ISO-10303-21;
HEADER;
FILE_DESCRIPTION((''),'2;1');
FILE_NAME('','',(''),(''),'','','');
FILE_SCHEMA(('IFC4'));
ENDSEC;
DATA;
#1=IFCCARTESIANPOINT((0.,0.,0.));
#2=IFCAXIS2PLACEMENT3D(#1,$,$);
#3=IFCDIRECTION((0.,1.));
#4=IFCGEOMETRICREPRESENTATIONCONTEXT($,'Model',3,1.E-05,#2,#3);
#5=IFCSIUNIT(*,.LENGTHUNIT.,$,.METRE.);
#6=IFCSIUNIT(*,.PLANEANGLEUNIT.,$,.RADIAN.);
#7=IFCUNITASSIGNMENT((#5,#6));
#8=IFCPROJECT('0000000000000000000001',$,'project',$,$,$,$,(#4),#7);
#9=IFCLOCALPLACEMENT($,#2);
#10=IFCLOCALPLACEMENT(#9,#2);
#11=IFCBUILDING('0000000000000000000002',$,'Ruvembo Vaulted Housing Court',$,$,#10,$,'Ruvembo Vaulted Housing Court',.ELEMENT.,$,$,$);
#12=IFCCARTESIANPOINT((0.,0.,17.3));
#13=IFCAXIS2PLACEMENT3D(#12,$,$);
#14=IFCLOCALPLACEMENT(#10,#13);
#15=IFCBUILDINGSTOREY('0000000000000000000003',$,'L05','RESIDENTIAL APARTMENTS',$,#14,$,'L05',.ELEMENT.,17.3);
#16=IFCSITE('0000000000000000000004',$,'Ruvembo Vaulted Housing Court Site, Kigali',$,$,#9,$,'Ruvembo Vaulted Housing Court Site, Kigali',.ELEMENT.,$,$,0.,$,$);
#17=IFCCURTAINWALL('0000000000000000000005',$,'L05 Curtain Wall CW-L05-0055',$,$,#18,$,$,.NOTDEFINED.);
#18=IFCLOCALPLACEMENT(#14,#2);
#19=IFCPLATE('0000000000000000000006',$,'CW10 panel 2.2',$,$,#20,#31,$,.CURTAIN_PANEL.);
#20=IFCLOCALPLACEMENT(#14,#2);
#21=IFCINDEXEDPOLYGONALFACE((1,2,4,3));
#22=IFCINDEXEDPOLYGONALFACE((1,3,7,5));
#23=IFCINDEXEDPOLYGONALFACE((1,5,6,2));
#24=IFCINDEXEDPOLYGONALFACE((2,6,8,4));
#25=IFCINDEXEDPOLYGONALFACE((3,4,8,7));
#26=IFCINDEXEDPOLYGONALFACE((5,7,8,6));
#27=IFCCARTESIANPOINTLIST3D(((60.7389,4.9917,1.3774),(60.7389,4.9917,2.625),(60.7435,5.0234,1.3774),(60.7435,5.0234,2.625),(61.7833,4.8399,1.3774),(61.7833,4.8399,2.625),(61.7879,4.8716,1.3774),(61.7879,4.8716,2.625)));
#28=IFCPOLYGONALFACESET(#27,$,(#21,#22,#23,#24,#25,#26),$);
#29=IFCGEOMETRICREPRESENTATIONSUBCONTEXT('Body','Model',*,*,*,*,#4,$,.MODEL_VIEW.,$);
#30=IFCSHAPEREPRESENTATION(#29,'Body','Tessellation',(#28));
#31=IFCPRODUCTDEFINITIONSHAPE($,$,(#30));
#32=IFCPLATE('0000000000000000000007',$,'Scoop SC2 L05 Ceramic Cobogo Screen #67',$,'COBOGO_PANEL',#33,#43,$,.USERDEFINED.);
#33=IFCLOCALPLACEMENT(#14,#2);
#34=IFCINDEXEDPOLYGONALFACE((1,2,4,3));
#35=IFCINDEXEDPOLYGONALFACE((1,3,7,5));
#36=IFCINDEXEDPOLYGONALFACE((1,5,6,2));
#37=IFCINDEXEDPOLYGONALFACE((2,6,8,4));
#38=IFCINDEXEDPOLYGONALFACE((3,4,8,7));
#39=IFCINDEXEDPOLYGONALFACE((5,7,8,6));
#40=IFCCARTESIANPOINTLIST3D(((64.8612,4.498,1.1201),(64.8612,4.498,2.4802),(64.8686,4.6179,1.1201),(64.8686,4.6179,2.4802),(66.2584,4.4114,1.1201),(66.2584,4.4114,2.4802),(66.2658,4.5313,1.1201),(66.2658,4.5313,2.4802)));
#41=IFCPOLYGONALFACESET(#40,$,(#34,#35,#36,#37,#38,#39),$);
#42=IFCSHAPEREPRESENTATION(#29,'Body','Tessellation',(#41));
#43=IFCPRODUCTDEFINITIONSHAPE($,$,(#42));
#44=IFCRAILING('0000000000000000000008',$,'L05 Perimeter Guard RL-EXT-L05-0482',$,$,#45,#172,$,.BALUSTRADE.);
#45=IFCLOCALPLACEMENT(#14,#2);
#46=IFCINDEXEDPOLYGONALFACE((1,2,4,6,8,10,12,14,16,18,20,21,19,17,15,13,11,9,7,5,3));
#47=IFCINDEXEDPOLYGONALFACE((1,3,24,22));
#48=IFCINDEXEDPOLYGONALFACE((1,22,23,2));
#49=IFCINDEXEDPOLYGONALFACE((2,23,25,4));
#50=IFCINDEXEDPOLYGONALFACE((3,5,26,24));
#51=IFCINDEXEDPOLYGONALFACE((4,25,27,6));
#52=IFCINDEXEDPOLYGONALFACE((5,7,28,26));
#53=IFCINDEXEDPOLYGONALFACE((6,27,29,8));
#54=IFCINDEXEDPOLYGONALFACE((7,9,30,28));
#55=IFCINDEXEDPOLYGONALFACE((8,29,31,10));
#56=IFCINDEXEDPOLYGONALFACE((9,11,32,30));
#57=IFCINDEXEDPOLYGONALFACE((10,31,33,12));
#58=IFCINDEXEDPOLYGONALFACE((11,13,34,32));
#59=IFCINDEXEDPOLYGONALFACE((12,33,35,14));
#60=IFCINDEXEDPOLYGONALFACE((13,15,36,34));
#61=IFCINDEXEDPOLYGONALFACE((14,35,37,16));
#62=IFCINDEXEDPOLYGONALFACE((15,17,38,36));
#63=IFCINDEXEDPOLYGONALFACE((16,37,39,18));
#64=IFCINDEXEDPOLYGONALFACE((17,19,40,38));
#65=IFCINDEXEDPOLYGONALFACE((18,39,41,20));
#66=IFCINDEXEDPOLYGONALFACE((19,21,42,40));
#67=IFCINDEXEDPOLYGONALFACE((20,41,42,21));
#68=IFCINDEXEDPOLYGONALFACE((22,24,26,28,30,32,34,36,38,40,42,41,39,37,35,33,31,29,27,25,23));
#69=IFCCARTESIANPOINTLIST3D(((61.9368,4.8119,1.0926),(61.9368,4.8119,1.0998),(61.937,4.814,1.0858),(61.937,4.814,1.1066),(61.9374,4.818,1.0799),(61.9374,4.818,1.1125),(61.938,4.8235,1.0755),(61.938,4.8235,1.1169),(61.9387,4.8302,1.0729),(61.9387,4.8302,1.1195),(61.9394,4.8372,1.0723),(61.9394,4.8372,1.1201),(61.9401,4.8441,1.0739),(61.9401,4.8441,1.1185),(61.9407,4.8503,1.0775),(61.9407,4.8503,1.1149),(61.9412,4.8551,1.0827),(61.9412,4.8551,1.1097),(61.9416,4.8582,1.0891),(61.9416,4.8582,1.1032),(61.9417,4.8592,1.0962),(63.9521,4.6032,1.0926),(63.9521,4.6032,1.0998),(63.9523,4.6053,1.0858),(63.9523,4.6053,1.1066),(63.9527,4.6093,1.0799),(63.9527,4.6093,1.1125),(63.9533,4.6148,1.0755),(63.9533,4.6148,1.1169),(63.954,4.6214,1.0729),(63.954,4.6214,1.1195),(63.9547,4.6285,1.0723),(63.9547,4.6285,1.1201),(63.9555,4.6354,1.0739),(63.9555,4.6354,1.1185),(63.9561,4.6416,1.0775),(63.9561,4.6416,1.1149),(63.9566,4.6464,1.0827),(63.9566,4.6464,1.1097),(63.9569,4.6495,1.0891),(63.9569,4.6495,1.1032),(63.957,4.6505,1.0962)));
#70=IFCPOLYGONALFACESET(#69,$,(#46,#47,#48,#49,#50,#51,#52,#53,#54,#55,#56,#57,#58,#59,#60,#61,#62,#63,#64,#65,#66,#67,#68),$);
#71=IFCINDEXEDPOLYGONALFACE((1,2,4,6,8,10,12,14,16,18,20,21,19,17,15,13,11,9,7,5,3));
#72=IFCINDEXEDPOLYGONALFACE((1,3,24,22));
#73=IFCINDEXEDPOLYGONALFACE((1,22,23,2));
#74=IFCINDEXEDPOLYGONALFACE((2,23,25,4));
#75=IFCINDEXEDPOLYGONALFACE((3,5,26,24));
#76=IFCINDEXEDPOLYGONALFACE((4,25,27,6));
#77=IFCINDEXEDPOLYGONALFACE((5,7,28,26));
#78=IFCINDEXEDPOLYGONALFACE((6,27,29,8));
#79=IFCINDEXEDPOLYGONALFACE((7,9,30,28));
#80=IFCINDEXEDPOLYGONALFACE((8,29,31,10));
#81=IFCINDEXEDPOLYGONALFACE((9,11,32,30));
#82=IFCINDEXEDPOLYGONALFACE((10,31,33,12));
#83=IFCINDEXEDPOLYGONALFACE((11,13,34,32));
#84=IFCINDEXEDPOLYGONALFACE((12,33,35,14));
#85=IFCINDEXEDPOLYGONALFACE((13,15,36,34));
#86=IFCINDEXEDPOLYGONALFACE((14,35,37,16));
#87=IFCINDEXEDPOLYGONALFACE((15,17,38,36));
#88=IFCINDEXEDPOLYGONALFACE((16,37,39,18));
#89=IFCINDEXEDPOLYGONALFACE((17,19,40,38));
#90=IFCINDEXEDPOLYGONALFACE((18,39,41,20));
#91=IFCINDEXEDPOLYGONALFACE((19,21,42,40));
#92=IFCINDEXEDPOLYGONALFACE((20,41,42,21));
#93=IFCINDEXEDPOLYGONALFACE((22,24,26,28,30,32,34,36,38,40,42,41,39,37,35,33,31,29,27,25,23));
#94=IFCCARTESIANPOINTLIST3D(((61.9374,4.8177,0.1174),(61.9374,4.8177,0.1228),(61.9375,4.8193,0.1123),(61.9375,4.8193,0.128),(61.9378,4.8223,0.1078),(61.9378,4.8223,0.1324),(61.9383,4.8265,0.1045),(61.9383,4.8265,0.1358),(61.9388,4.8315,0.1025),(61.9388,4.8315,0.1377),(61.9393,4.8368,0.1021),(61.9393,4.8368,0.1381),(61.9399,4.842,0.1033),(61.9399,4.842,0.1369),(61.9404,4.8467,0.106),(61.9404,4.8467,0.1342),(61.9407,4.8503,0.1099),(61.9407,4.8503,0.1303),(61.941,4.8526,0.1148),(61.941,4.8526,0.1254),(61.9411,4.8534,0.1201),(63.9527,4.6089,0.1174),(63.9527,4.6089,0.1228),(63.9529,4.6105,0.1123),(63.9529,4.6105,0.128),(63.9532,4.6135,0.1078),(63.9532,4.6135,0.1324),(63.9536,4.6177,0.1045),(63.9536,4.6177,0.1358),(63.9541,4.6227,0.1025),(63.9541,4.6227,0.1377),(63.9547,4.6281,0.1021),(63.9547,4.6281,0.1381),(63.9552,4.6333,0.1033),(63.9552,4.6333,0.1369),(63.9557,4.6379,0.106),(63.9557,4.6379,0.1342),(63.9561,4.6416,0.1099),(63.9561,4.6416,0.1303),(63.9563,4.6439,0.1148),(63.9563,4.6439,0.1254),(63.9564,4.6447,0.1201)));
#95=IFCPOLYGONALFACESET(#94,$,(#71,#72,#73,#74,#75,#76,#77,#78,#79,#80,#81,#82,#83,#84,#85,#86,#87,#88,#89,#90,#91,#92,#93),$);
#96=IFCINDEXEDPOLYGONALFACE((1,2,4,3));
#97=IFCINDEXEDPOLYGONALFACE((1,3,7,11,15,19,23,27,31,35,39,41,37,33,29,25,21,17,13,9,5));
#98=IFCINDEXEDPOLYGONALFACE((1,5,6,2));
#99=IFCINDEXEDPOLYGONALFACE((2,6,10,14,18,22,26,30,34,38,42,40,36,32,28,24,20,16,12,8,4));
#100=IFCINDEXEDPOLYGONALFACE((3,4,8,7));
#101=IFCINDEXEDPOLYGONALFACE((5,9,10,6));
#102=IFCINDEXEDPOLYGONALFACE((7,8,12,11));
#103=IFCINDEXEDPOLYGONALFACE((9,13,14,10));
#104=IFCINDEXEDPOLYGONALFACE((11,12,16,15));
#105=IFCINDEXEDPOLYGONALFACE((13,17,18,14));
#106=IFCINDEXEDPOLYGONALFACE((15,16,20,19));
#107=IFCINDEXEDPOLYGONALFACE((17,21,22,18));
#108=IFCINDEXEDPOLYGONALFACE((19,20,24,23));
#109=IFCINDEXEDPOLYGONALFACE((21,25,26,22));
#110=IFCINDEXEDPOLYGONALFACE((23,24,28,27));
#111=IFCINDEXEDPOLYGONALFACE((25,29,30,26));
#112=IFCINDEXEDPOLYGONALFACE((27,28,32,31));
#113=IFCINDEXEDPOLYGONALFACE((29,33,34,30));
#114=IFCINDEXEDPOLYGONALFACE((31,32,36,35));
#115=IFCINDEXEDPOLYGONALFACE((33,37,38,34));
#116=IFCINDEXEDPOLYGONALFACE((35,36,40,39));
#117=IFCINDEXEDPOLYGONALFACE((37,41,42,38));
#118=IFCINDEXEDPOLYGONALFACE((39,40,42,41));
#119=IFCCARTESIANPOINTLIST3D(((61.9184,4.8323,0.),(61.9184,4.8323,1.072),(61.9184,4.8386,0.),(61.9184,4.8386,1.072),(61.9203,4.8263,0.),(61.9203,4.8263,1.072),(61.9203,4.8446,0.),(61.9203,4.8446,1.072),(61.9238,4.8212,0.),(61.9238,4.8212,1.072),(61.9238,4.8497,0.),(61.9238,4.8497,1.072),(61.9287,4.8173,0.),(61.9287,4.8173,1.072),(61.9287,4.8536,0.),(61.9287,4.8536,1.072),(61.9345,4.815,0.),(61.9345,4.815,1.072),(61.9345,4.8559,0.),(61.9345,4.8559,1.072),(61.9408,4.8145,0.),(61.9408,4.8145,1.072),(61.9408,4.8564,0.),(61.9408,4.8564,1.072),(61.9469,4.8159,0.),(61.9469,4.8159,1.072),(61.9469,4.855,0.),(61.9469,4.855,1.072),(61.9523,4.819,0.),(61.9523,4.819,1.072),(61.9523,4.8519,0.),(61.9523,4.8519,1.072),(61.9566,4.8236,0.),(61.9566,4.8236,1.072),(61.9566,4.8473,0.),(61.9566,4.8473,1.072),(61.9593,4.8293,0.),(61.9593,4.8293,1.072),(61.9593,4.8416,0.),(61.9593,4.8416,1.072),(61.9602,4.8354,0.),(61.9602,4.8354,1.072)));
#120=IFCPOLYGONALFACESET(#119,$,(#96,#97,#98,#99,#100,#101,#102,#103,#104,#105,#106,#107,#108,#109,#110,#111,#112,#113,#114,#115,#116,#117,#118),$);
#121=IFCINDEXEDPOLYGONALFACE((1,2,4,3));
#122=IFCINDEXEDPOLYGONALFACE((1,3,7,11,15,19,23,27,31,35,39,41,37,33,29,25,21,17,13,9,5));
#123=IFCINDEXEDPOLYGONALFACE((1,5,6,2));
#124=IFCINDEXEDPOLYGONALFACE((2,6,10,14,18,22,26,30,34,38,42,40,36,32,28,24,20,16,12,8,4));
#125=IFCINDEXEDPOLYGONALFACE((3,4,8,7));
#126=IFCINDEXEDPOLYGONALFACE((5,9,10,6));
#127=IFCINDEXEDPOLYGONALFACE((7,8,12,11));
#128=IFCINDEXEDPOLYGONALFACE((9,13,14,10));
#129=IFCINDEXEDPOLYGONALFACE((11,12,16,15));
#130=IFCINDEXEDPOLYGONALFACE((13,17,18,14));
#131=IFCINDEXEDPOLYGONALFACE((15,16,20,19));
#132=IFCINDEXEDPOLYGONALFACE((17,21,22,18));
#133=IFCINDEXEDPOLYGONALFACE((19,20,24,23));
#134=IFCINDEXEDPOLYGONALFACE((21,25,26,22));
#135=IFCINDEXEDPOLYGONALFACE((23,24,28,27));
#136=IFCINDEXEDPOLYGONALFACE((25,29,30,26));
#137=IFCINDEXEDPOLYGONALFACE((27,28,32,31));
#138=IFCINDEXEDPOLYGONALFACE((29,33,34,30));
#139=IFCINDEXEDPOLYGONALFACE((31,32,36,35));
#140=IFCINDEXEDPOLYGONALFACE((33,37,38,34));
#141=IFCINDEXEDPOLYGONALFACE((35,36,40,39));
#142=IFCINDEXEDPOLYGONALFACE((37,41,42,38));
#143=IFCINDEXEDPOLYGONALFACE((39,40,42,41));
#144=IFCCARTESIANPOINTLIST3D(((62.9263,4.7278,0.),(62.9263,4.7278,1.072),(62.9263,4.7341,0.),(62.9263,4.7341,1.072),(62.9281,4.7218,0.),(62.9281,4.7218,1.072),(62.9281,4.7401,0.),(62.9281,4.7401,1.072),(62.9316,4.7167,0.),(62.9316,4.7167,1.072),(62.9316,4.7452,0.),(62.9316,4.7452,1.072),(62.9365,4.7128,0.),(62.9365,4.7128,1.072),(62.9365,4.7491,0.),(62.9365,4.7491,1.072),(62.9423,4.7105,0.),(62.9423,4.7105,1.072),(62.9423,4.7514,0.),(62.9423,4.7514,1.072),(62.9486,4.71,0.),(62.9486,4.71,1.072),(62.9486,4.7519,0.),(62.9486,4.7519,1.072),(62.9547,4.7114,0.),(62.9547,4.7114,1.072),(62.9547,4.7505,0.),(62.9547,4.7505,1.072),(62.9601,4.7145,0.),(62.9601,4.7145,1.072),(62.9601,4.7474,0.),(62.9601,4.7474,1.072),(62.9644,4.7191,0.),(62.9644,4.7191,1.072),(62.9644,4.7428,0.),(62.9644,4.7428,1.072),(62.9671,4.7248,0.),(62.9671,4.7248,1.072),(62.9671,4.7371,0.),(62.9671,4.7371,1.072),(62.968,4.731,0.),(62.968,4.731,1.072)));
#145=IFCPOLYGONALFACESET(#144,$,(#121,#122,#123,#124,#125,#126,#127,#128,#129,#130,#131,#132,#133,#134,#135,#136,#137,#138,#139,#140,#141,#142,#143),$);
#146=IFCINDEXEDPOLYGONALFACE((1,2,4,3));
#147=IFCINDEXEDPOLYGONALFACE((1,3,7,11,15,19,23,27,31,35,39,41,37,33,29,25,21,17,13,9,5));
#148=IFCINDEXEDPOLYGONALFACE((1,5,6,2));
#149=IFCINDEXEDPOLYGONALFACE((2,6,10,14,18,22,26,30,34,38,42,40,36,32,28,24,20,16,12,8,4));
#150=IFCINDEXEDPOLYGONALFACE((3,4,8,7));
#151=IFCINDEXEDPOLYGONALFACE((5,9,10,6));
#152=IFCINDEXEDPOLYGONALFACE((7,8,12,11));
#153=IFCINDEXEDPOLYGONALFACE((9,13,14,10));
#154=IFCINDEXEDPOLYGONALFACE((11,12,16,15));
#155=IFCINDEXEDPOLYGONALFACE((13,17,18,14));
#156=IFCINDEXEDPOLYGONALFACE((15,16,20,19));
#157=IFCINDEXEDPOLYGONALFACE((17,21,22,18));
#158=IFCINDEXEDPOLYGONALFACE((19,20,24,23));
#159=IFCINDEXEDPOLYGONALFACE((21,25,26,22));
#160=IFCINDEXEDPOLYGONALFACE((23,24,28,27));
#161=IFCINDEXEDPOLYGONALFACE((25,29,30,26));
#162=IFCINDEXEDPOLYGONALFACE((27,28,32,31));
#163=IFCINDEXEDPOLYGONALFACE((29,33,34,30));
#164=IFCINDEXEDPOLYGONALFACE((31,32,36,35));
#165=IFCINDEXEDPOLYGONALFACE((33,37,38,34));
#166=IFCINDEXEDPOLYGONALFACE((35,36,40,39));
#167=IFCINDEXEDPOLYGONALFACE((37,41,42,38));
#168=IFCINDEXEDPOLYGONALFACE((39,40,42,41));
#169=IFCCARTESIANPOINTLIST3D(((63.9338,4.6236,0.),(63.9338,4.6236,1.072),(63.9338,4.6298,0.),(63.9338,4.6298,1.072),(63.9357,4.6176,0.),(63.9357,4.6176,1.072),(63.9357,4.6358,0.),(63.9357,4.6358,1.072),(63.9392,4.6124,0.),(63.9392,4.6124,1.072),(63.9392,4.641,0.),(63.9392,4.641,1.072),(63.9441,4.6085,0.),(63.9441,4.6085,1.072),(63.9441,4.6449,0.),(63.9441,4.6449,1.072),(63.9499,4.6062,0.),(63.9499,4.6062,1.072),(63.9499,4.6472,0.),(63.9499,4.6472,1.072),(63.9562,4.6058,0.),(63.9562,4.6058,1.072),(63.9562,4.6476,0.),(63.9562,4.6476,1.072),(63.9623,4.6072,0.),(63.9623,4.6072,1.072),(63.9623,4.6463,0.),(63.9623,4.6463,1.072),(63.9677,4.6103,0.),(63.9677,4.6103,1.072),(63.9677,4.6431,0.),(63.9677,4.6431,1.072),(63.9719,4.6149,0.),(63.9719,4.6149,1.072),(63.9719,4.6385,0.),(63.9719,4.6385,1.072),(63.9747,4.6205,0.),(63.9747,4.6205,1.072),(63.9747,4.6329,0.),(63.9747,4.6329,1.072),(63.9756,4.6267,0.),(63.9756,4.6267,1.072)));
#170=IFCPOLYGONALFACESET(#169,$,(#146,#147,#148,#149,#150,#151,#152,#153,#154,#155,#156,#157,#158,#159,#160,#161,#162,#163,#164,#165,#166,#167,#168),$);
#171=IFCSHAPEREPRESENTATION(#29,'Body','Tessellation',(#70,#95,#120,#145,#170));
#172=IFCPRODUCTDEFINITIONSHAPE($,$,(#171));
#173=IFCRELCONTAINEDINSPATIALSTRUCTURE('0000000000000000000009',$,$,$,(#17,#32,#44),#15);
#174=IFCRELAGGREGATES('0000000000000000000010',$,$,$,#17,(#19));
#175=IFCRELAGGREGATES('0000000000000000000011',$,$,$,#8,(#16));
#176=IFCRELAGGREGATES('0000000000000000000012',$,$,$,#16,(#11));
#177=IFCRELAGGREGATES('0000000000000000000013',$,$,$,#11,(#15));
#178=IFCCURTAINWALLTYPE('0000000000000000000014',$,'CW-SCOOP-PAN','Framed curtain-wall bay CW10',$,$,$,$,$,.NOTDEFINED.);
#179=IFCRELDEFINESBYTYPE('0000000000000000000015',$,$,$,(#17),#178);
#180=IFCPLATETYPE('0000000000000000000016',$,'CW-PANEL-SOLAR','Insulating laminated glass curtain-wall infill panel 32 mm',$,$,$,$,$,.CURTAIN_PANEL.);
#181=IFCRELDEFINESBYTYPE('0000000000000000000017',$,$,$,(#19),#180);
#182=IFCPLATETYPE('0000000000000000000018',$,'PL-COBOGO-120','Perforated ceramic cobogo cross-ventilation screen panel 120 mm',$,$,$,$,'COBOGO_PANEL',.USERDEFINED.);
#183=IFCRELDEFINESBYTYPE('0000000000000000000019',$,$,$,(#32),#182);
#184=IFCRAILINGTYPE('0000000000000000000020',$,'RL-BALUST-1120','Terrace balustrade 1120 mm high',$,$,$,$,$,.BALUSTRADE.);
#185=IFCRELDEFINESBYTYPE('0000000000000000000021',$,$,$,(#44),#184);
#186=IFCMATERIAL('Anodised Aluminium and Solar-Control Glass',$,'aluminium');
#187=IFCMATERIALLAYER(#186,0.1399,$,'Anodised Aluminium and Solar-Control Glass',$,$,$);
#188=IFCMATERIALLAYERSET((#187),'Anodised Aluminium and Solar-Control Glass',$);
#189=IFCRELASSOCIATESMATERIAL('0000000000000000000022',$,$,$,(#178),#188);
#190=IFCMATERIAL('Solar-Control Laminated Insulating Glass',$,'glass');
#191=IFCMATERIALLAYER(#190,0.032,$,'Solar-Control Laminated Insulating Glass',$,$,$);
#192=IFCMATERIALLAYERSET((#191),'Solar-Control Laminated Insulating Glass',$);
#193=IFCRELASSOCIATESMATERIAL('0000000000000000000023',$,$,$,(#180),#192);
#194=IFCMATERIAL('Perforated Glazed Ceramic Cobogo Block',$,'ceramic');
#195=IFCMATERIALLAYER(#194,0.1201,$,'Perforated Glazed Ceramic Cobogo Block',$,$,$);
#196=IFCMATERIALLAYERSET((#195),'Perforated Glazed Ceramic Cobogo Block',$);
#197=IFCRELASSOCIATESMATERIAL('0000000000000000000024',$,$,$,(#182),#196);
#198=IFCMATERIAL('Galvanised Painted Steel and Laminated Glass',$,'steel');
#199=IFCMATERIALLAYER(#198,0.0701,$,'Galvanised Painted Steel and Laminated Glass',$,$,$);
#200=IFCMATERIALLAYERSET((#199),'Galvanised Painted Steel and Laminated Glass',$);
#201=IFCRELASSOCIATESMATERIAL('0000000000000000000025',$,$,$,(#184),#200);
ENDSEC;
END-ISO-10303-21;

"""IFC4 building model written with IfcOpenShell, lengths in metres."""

from ifc_helpers import new_model, si_unit, direction, frame, origin, origin_2d, place, context, subcontext, project, spatial, rectangle, circle, extrude, material, layer, layer_set, type_object, element, aggregate, save


model = new_model("IFC4")

# Units and contexts
model_context = context("Model", 3, precision=1e-05, world=origin(), true_north=direction((0.0, 1.0)))
body_context = subcontext(model_context, "Body", "Model", "MODEL_VIEW")
ifc_project = project(units=[si_unit("LENGTHUNIT", "METRE"), si_unit("PLANEANGLEUNIT", "RADIAN")], contexts=[model_context])

# Site, building, storey
site_placement = place(None, origin())
site = spatial("IfcSite", under=ifc_project, at=site_placement, Name="Ruvembo Vaulted Housing Court Site, Kigali", LongName="Ruvembo Vaulted Housing Court Site, Kigali", CompositionType="ELEMENT", RefElevation=0.0)
building_placement = place(site_placement, origin())
building = spatial("IfcBuilding", under=site, at=building_placement, Name="Ruvembo Vaulted Housing Court", LongName="Ruvembo Vaulted Housing Court", CompositionType="ELEMENT")
storey_placement = place(building_placement, frame((0.0, 0.0, 17.3)))
storey = spatial("IfcBuildingStorey", under=building, at=storey_placement, Name="L05", Description="RESIDENTIAL APARTMENTS", LongName="L05", CompositionType="ELEMENT", Elevation=17.3)

# Curtain wall, plate
ifc_material_1 = material(Name="Anodised Aluminium and Solar-Control Glass", Category="aluminium")
ifc_layer_1 = layer(ifc_material_1, 0.1399, Name="Anodised Aluminium and Solar-Control Glass")
ifc_layer_set_1 = layer_set([ifc_layer_1], Name="Anodised Aluminium and Solar-Control Glass")
curtain_wall_type = type_object("IfcCurtainWallType", Name="CW-SCOOP-PAN", Description="Framed curtain-wall bay CW10", PredefinedType="NOTDEFINED", material=ifc_layer_set_1)
curtain_wall_placement = place(storey_placement, origin())
curtain_wall = element("IfcCurtainWall", 1, at=curtain_wall_placement, inside=storey, type_object=curtain_wall_type, Name="L05 Curtain Wall CW-L05-0055", PredefinedType="NOTDEFINED")
ifc_material_2 = material(Name="Solar-Control Laminated Insulating Glass", Category="glass")
ifc_layer_2 = layer(ifc_material_2, 0.032, Name="Solar-Control Laminated Insulating Glass")
ifc_layer_set_2 = layer_set([ifc_layer_2], Name="Solar-Control Laminated Insulating Glass")
plate_type_1 = type_object("IfcPlateType", Name="CW-PANEL-SOLAR", Description="Insulating laminated glass curtain-wall infill panel 32 mm", PredefinedType="CURTAIN_PANEL", material=ifc_layer_set_2)
plate_1_placement = place(storey_placement, frame((61.2634, 4.9316, 1.3774), z_axis=(0.0, 0.0, 1.0), x_axis=(0.989599, -0.143851, 0.0)))
plate_1 = element("IfcPlate", 2, at=plate_1_placement, type_object=plate_type_1, Name="CW10 panel 2.2", PredefinedType="CURTAIN_PANEL", context=body_context, shape_type="SweptSolid", body=[
    extrude(rectangle(XDim=1.0554, YDim=0.032, at=origin_2d()), origin(), (0.0, 0.0, 1.0), 1.2476),
])
aggregate(curtain_wall, [plate_1])

# Plate
ifc_material_3 = material(Name="Perforated Glazed Ceramic Cobogo Block", Category="ceramic")
ifc_layer_3 = layer(ifc_material_3, 0.1201, Name="Perforated Glazed Ceramic Cobogo Block")
ifc_layer_set_3 = layer_set([ifc_layer_3], Name="Perforated Glazed Ceramic Cobogo Block")
plate_type_2 = type_object("IfcPlateType", Name="PL-COBOGO-120", Description="Perforated ceramic cobogo cross-ventilation screen panel 120 mm", ElementType="COBOGO_PANEL", PredefinedType="USERDEFINED", material=ifc_layer_set_3)
plate_2_placement = place(storey_placement, frame((65.5635, 4.5146, 1.1201), z_axis=(0.0, 0.0, 1.0), x_axis=(0.998087, -0.061832, 0.0)))
element("IfcPlate", 3, at=plate_2_placement, inside=storey, type_object=plate_type_2, Name="Scoop SC2 L05 Ceramic Cobogo Screen #67", ObjectType="COBOGO_PANEL", PredefinedType="USERDEFINED", context=body_context, shape_type="SweptSolid", body=[
    extrude(rectangle(XDim=1.3999, YDim=0.1201, at=origin_2d()), origin(), (0.0, 0.0, 1.0), 1.3601),
])

# Railing
ifc_material_4 = material(Name="Galvanised Painted Steel and Laminated Glass", Category="steel")
ifc_layer_4 = layer(ifc_material_4, 0.0701, Name="Galvanised Painted Steel and Laminated Glass")
ifc_layer_set_4 = layer_set([ifc_layer_4], Name="Galvanised Painted Steel and Laminated Glass")
railing_type = type_object("IfcRailingType", Name="RL-BALUST-1120", Description="Terrace balustrade 1120 mm high", PredefinedType="BALUSTRADE", material=ifc_layer_set_4)
railing_1_placement = place(storey_placement, frame((61.9392, 4.8354, 0.0)))
element("IfcRailing", 4, at=railing_1_placement, inside=storey, type_object=railing_type, Name="L05 Perimeter Guard RL-EXT-L05-0482", PredefinedType="BALUSTRADE", context=body_context, shape_type="SweptSolid", body=[
    extrude(circle(Radius=0.0239, at=origin_2d()), frame((0.0, 0.0, 1.0962), z_axis=(0.994679, -0.103022, 0.0), x_axis=(0.103022, 0.994679, 0.0)), (0.0, 0.0, 1.0), 2.0261),
    extrude(circle(Radius=0.0181, at=origin_2d()), frame((0.0, 0.0, 0.1201), z_axis=(0.994679, -0.103022, 0.0), x_axis=(0.103022, 0.994679, 0.0)), (0.0, 0.0, 1.0), 2.0261),
    extrude(circle(Radius=0.021, at=origin_2d()), origin(), (0.0, 0.0, 1.0), 1.072),
    extrude(circle(Radius=0.021, at=origin_2d()), frame((1.0078, -0.1045, 0.0)), (0.0, 0.0, 1.0), 1.072),
    extrude(circle(Radius=0.021, at=origin_2d()), frame((2.0154, -0.2087, 0.0)), (0.0, 0.0, 1.0), 1.072),
])

save(model, "model.ifc")
